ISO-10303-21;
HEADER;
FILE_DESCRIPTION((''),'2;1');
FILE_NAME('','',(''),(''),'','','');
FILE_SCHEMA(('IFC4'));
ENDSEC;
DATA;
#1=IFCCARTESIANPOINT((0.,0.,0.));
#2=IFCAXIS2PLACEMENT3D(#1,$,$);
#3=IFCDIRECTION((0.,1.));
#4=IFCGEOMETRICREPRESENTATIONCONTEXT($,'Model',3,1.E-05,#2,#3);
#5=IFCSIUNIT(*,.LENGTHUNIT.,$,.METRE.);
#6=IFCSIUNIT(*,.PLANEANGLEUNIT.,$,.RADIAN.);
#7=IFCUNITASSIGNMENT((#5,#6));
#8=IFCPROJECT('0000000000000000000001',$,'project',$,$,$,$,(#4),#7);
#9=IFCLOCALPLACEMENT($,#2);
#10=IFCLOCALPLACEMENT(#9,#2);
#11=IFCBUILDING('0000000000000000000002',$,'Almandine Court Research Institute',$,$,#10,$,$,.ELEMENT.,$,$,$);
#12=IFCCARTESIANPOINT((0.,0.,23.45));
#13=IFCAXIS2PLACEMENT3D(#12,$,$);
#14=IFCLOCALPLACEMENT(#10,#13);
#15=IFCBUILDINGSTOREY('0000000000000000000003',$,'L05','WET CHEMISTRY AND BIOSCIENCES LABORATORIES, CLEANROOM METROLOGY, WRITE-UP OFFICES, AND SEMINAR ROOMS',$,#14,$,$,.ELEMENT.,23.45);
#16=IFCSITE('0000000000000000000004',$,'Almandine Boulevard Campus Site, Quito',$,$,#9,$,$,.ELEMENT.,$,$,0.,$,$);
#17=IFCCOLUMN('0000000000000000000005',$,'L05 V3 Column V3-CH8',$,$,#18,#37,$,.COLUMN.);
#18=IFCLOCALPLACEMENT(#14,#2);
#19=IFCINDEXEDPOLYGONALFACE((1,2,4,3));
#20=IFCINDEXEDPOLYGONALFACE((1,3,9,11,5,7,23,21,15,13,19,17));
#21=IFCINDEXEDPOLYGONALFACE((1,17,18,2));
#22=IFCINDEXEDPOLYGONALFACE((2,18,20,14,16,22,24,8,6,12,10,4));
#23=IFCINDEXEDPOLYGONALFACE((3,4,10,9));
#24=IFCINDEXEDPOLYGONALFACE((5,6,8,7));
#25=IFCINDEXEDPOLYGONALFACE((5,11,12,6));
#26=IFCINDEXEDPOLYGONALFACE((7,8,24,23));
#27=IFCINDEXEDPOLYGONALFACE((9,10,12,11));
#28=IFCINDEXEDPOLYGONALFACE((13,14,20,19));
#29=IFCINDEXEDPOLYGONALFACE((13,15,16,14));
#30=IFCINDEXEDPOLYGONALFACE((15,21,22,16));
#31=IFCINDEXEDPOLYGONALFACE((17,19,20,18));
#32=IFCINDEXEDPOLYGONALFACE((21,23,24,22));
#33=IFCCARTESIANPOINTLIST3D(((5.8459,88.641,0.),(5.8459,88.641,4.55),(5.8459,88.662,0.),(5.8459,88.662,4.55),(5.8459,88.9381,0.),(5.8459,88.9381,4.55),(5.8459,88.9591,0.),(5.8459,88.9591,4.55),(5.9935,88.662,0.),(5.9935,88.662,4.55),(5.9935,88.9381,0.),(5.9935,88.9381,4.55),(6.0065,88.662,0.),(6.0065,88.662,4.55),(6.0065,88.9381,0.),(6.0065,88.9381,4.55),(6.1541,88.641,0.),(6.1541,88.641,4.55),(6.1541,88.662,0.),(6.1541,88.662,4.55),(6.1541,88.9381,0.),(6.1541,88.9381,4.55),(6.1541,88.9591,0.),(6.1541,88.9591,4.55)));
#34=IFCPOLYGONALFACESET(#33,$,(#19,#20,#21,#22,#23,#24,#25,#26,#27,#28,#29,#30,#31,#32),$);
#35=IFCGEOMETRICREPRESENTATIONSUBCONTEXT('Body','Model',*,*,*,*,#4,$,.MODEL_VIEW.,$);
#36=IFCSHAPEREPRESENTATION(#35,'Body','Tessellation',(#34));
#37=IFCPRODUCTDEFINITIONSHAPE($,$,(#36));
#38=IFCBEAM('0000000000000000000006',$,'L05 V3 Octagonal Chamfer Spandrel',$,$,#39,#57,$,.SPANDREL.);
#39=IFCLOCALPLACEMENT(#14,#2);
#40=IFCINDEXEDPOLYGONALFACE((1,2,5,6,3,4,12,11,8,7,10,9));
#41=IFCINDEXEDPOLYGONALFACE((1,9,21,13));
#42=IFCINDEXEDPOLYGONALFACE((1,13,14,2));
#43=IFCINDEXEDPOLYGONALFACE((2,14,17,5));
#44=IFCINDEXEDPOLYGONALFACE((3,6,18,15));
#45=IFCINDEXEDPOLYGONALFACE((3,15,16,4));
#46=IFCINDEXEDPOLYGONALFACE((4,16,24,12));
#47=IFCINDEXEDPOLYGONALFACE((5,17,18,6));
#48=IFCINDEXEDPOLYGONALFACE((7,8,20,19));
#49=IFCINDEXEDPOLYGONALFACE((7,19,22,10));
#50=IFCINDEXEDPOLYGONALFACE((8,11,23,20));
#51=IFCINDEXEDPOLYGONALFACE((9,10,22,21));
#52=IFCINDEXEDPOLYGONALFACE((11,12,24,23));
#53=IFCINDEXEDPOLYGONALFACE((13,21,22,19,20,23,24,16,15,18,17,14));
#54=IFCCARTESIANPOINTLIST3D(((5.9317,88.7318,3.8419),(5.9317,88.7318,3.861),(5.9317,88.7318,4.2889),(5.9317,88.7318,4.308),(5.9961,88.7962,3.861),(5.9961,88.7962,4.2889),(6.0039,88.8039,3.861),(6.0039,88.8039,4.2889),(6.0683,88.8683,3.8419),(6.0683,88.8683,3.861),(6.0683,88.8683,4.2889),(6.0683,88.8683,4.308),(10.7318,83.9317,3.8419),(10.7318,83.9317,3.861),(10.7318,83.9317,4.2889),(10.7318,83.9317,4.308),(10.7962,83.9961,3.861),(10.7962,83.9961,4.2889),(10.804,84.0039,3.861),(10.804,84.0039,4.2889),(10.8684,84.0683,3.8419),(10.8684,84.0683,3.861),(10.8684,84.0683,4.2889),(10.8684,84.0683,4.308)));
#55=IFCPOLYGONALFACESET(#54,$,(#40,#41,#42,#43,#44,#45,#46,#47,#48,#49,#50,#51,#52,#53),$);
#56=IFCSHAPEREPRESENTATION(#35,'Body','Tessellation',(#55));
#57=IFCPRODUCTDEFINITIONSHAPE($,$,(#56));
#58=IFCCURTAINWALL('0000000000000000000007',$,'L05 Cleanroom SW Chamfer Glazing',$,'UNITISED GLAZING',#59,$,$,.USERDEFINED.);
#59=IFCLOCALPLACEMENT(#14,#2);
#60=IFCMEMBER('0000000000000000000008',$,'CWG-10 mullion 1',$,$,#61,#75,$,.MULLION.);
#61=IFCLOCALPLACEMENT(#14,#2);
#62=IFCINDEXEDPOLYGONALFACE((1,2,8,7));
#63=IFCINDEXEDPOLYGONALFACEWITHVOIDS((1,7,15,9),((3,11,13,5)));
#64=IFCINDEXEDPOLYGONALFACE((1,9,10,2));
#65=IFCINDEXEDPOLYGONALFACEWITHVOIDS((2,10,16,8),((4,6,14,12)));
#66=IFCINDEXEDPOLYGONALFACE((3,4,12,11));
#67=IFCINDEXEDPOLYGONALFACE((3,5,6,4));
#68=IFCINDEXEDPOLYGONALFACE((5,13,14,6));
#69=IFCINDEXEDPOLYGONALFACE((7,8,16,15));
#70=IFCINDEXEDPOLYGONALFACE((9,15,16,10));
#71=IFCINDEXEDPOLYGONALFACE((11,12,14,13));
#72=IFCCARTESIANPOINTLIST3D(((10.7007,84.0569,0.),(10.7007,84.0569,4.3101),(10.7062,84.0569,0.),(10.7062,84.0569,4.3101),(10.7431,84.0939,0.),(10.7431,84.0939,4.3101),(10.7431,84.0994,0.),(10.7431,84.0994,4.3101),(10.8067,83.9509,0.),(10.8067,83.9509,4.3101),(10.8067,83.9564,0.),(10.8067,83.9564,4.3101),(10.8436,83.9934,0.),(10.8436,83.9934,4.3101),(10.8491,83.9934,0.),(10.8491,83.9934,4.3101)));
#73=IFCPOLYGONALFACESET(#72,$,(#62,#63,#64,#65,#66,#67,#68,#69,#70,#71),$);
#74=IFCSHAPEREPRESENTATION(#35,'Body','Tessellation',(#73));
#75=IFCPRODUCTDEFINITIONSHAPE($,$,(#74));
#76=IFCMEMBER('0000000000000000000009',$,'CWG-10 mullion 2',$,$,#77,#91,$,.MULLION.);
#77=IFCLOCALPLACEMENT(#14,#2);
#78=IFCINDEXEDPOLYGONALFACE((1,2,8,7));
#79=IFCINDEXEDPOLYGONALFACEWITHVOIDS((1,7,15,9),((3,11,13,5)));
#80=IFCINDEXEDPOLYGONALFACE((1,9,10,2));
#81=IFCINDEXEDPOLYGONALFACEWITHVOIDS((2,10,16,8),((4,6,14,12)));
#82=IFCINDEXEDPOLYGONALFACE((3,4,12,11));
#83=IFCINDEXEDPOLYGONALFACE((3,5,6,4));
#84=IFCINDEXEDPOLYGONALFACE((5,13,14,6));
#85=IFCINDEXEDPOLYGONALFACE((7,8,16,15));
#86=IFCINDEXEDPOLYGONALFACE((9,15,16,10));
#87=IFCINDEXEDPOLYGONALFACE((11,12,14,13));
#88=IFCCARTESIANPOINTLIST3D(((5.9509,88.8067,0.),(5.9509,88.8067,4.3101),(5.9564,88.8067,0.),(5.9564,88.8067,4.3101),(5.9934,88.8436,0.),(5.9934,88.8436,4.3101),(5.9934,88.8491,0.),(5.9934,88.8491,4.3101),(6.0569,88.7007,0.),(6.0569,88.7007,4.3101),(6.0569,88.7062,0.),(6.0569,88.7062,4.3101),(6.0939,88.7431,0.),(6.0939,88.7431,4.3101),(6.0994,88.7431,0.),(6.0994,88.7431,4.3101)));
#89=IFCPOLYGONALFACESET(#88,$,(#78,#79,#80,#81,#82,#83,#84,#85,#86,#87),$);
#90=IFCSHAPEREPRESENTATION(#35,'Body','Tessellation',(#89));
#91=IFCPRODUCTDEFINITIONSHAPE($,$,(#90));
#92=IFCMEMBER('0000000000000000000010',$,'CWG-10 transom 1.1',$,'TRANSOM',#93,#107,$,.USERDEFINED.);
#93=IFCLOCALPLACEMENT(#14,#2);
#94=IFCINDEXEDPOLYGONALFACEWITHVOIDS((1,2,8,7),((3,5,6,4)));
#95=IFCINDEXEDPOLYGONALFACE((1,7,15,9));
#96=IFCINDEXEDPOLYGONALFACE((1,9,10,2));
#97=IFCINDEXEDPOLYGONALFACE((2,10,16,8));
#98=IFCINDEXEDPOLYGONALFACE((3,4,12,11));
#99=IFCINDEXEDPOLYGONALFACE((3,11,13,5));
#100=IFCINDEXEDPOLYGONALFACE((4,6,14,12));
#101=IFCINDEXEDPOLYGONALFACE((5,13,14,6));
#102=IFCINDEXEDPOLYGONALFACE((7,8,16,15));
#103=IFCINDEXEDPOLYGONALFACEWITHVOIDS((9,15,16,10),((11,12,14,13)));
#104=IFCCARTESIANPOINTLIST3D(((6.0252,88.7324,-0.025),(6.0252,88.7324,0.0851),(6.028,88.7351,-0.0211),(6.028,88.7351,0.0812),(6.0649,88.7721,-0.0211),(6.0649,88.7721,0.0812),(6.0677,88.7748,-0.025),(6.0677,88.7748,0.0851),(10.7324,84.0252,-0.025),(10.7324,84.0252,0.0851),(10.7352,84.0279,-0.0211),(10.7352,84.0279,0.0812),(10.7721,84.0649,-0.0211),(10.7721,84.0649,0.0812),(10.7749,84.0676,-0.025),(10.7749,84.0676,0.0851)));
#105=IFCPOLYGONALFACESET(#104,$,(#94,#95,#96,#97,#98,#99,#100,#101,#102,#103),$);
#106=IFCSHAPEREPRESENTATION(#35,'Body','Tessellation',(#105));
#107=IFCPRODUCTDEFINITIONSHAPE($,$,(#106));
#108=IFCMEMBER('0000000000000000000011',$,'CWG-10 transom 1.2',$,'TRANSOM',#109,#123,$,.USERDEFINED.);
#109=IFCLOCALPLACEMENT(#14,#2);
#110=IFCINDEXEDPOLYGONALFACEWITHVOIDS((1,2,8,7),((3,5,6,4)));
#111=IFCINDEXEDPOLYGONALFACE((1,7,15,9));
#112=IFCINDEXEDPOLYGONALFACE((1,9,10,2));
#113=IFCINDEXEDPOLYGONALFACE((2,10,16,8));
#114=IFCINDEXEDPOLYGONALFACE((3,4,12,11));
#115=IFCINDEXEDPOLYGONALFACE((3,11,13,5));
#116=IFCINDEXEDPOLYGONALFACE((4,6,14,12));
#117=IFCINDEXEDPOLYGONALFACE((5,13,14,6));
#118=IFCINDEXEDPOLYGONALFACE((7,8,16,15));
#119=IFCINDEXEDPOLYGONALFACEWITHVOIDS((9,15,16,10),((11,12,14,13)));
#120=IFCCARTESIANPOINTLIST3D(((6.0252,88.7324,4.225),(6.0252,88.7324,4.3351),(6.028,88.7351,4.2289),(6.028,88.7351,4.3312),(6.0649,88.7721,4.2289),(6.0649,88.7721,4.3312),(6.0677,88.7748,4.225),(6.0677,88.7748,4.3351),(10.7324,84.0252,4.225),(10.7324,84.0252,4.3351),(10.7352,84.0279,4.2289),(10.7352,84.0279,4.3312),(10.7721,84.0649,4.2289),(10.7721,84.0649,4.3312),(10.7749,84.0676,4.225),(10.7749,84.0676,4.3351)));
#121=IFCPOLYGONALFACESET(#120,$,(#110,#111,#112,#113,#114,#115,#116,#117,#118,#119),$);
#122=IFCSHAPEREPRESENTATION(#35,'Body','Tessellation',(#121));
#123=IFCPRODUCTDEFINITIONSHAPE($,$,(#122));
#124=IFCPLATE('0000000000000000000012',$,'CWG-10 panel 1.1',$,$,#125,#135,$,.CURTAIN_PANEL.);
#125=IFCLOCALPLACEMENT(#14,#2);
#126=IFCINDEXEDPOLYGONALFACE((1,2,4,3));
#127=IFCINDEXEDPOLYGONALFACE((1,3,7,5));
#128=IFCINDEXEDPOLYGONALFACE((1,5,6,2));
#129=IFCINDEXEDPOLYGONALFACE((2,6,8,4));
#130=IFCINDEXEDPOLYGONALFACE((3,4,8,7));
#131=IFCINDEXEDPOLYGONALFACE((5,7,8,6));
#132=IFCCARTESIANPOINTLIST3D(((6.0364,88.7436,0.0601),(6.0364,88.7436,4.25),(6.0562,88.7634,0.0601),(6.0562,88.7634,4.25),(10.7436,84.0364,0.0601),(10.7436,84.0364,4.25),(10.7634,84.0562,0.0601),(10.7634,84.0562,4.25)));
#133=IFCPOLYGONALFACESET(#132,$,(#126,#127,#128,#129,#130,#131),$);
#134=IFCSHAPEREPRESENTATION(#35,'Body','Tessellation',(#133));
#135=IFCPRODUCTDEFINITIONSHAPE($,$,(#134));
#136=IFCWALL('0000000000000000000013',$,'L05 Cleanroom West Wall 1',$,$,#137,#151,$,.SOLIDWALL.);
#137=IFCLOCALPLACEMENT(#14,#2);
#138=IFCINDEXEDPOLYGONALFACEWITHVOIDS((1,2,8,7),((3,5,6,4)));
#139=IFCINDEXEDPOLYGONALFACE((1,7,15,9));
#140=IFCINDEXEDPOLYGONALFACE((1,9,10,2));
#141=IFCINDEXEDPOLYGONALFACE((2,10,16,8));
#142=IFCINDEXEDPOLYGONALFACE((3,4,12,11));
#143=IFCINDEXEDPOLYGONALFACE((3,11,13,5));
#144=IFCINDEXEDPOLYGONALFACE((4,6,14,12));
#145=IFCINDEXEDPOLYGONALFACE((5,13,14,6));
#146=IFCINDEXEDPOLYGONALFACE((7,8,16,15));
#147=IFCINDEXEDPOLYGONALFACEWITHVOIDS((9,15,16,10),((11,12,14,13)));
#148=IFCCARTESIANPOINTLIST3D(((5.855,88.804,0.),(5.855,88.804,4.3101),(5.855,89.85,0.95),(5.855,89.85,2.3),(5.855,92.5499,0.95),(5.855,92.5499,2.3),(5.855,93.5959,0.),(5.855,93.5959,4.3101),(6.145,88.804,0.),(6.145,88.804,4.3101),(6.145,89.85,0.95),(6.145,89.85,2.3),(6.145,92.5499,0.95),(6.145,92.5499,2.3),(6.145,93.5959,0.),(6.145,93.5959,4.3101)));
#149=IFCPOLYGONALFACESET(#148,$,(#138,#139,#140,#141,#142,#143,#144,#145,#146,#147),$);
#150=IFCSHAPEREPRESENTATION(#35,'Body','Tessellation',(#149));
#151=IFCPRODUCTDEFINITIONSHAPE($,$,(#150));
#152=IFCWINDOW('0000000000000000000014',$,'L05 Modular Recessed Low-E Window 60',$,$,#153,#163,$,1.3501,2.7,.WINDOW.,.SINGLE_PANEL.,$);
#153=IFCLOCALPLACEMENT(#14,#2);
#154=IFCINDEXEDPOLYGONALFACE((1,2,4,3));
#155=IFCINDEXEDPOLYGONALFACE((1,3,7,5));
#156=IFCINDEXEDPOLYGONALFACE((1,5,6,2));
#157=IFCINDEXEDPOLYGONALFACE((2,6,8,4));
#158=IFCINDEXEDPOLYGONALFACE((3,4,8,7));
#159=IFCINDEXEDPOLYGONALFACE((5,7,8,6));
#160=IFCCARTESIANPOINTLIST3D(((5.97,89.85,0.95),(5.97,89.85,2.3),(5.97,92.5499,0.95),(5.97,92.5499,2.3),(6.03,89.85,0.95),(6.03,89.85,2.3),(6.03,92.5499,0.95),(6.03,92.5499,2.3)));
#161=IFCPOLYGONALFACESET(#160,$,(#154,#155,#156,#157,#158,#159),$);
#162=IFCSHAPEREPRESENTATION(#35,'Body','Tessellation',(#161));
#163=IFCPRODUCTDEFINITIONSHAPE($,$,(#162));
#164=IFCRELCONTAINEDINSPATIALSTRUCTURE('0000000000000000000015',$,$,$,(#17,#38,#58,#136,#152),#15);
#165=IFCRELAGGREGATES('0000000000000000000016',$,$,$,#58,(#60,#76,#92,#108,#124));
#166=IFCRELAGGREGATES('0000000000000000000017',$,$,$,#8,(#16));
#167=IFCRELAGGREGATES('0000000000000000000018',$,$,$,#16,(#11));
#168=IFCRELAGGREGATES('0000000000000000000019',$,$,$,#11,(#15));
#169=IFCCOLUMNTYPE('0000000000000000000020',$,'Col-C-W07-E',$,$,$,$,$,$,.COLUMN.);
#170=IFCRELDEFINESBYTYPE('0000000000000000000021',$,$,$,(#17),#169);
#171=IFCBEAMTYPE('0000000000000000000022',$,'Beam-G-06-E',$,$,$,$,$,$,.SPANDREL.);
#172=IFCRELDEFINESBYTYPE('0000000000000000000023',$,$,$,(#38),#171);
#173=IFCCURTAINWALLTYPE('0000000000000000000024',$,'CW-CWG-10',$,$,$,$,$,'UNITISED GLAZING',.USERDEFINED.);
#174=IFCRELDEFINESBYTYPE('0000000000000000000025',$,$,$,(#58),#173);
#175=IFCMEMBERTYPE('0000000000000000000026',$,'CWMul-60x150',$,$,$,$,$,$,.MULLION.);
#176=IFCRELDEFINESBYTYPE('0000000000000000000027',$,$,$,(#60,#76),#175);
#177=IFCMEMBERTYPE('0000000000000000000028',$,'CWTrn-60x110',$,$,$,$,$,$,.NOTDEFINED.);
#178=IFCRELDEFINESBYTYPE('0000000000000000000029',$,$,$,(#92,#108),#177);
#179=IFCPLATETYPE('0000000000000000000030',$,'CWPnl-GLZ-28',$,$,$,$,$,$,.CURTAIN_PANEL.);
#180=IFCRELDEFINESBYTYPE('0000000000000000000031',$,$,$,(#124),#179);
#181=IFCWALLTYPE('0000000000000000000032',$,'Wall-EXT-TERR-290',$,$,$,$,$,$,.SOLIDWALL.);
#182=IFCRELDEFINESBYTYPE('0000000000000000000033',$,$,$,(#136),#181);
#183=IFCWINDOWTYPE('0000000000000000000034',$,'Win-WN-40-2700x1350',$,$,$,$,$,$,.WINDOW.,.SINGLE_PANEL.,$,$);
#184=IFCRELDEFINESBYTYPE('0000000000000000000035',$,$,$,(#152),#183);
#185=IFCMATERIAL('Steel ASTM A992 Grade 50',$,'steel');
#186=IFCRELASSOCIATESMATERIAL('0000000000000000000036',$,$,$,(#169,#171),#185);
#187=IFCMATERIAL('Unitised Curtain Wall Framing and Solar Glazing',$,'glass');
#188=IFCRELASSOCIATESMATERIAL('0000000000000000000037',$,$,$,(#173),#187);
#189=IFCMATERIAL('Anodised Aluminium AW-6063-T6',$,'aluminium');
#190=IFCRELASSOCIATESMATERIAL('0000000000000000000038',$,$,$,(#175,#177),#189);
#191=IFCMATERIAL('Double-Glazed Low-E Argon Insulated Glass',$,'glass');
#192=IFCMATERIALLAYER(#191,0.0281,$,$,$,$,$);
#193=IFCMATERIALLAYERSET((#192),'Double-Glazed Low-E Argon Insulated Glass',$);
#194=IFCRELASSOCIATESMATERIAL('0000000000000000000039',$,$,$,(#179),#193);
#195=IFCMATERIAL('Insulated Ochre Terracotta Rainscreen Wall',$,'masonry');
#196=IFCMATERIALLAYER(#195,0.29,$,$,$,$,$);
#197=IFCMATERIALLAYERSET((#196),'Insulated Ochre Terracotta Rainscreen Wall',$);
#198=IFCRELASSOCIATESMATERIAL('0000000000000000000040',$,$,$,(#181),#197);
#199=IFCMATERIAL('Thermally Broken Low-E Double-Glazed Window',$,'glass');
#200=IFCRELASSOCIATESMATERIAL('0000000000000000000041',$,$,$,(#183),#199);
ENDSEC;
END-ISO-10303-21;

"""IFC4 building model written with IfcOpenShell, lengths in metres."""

from ifc_helpers import new_model, si_unit, direction, frame, frame_2d, origin, origin_2d, place, context, subcontext, project, spatial, rectangle, hollow_rectangle, i_section, extrude, material, layer, layer_set, material_profile, profile_set, type_object, element, fill, aggregate, save


model = new_model("IFC4")

# Units and contexts
model_context = context("Model", 3, precision=1e-05, world=origin(), true_north=direction((0.0, 1.0)))
body_context = subcontext(model_context, "Body", "Model", "MODEL_VIEW")
ifc_project = project(units=[si_unit("LENGTHUNIT", "METRE"), si_unit("PLANEANGLEUNIT", "RADIAN")], contexts=[model_context])

# Site, building, storey
site_placement = place(None, origin())
site = spatial("IfcSite", under=ifc_project, at=site_placement, Name="Almandine Boulevard Campus Site, Quito", CompositionType="ELEMENT", RefElevation=0.0)
building_placement = place(site_placement, origin())
building = spatial("IfcBuilding", under=site, at=building_placement, Name="Almandine Court Research Institute", CompositionType="ELEMENT")
storey_placement = place(building_placement, frame((0.0, 0.0, 23.45)))
storey = spatial("IfcBuildingStorey", under=building, at=storey_placement, Name="L05", Description="WET CHEMISTRY AND BIOSCIENCES LABORATORIES, CLEANROOM METROLOGY, WRITE-UP OFFICES, AND SEMINAR ROOMS", CompositionType="ELEMENT", Elevation=23.45)

# Column
ifc_material_1 = material(Name="Steel ASTM A992 Grade 50", Category="steel")
ifc_material_profile_1 = material_profile(ifc_material_1, i_section(OverallWidth=0.3081, OverallDepth=0.3181, WebThickness=0.0129, FlangeThickness=0.021, at=origin_2d()), Name="W310x129")
ifc_profile_set_1 = profile_set([ifc_material_profile_1], Name="Steel ASTM A992 Grade 50")
column_type = type_object("IfcColumnType", Name="Col-C-W07-E", PredefinedType="COLUMN", material=ifc_profile_set_1)
column_placement = place(storey_placement, frame((6.0, 88.8, 0.0), z_axis=(0.0, 0.0, 1.0), x_axis=(1.0, 0.0, 0.0)))
element("IfcColumn", 1, at=column_placement, inside=storey, type_object=column_type, Name="L05 V3 Column V3-CH8", PredefinedType="COLUMN", context=body_context, shape_type="SweptSolid", body=[
    extrude(i_section(OverallWidth=0.3081, OverallDepth=0.3181, WebThickness=0.0129, FlangeThickness=0.021, at=origin_2d()), origin(), (0.0, 0.0, 1.0), 4.55),
])

# Beam
ifc_material_profile_2 = material_profile(ifc_material_1, i_section(OverallWidth=0.1931, OverallDepth=0.4661, WebThickness=0.011, FlangeThickness=0.019, at=origin_2d()), Name="W460x97")
ifc_profile_set_2 = profile_set([ifc_material_profile_2], Name="Steel ASTM A992 Grade 50")
beam_type = type_object("IfcBeamType", Name="Beam-G-06-E", PredefinedType="SPANDREL", material=ifc_profile_set_2)
beam_placement = place(storey_placement, frame((6.0, 88.8, 4.075), z_axis=(0.707107, -0.707107, 0.0), x_axis=(0.707107, 0.707107, 0.0)))
element("IfcBeam", 2, at=beam_placement, inside=storey, type_object=beam_type, Name="L05 V3 Octagonal Chamfer Spandrel", PredefinedType="SPANDREL", context=body_context, shape_type="SweptSolid", body=[
    extrude(i_section(OverallWidth=0.1931, OverallDepth=0.4661, WebThickness=0.011, FlangeThickness=0.019, at=origin_2d()), origin(), (0.0, 0.0, 1.0), 6.7883),
])

# Curtain wall, members, plate
ifc_material_2 = material(Name="Unitised Curtain Wall Framing and Solar Glazing", Category="glass")
curtain_wall_type = type_object("IfcCurtainWallType", Name="CW-CWG-10", ElementType="UNITISED GLAZING", PredefinedType="USERDEFINED", material=ifc_material_2)
curtain_wall_placement = place(storey_placement, origin())
curtain_wall = element("IfcCurtainWall", 3, at=curtain_wall_placement, inside=storey, type_object=curtain_wall_type, Name="L05 Cleanroom SW Chamfer Glazing", ObjectType="UNITISED GLAZING", PredefinedType="USERDEFINED")
ifc_material_3 = material(Name="Anodised Aluminium AW-6063-T6", Category="aluminium")
ifc_material_profile_3 = material_profile(ifc_material_3, hollow_rectangle(XDim=0.0601, YDim=0.1499, WallThickness=0.0039, at=origin_2d()), Name="ALU RHS 60x150x4")
ifc_profile_set_3 = profile_set([ifc_material_profile_3], Name="Anodised Aluminium AW-6063-T6")
member_type_1 = type_object("IfcMemberType", Name="CWMul-60x150", PredefinedType="MULLION", material=ifc_profile_set_3)
member_1_placement = place(storey_placement, frame((10.7749, 84.0251, 0.0), z_axis=(0.0, 0.0, 1.0), x_axis=(-0.707107, -0.707107, 0.0)))
member_1 = element("IfcMember", 4, at=member_1_placement, type_object=member_type_1, Name="CWG-10 mullion 1", PredefinedType="MULLION", context=body_context, shape_type="SweptSolid", body=[
    extrude(hollow_rectangle(XDim=0.0601, YDim=0.1499, WallThickness=0.0039, at=origin_2d()), origin(), (0.0, 0.0, 1.0), 4.3101),
])
member_2_placement = place(storey_placement, frame((6.0251, 88.7749, 0.0), z_axis=(0.0, 0.0, 1.0), x_axis=(-0.707107, -0.707107, 0.0)))
member_2 = element("IfcMember", 5, at=member_2_placement, type_object=member_type_1, Name="CWG-10 mullion 2", PredefinedType="MULLION", context=body_context, shape_type="SweptSolid", body=[
    extrude(hollow_rectangle(XDim=0.0601, YDim=0.1499, WallThickness=0.0039, at=origin_2d()), origin(), (0.0, 0.0, 1.0), 4.3101),
])
ifc_material_profile_4 = material_profile(ifc_material_3, hollow_rectangle(XDim=0.0601, YDim=0.1101, WallThickness=0.0039, at=origin_2d()), Name="ALU RHS 60x110x4")
ifc_profile_set_4 = profile_set([ifc_material_profile_4], Name="Anodised Aluminium AW-6063-T6")
member_type_2 = type_object("IfcMemberType", Name="CWTrn-60x110", PredefinedType="NOTDEFINED", material=ifc_profile_set_4)
member_3_placement = place(storey_placement, frame((10.7537, 84.0464, 0.03), z_axis=(-0.707107, 0.707107, 0.0), x_axis=(-0.707107, -0.707107, 0.0)))
member_3 = element("IfcMember", 6, at=member_3_placement, type_object=member_type_2, Name="CWG-10 transom 1.1", ObjectType="TRANSOM", PredefinedType="USERDEFINED", context=body_context, shape_type="SweptSolid", body=[
    extrude(hollow_rectangle(XDim=0.0601, YDim=0.1101, WallThickness=0.0039, at=origin_2d()), origin(), (0.0, 0.0, 1.0), 6.657),
])
member_4_placement = place(storey_placement, frame((10.7537, 84.0464, 4.28), z_axis=(-0.707107, 0.707107, 0.0), x_axis=(-0.707107, -0.707107, 0.0)))
member_4 = element("IfcMember", 7, at=member_4_placement, type_object=member_type_2, Name="CWG-10 transom 1.2", ObjectType="TRANSOM", PredefinedType="USERDEFINED", context=body_context, shape_type="SweptSolid", body=[
    extrude(hollow_rectangle(XDim=0.0601, YDim=0.1101, WallThickness=0.0039, at=origin_2d()), origin(), (0.0, 0.0, 1.0), 6.657),
])
ifc_material_4 = material(Name="Double-Glazed Low-E Argon Insulated Glass", Category="glass")
ifc_layer_1 = layer(ifc_material_4, 0.0281)
ifc_layer_set_1 = layer_set([ifc_layer_1], Name="Double-Glazed Low-E Argon Insulated Glass")
plate_type = type_object("IfcPlateType", Name="CWPnl-GLZ-28", PredefinedType="CURTAIN_PANEL", material=ifc_layer_set_1)
plate_placement = place(storey_placement, frame((8.3999, 86.3999, 0.0601), z_axis=(0.0, 0.0, 1.0), x_axis=(-0.707107, 0.707107, 0.0)))
plate = element("IfcPlate", 8, at=plate_placement, type_object=plate_type, Name="CWG-10 panel 1.1", PredefinedType="CURTAIN_PANEL", context=body_context, shape_type="SweptSolid", body=[
    extrude(rectangle(XDim=6.657, YDim=0.0281, at=origin_2d()), origin(), (0.0, 0.0, 1.0), 4.1899),
])
aggregate(curtain_wall, [member_1, member_2, member_3, member_4, plate])

# Wall, opening, window
ifc_material_5 = material(Name="Insulated Ochre Terracotta Rainscreen Wall", Category="masonry")
ifc_layer_2 = layer(ifc_material_5, 0.29)
ifc_layer_set_2 = layer_set([ifc_layer_2], Name="Insulated Ochre Terracotta Rainscreen Wall")
wall_type_1 = type_object("IfcWallType", Name="Wall-EXT-TERR-290", PredefinedType="SOLIDWALL", material=ifc_layer_set_2)
wall_1_placement = place(storey_placement, frame((6.0, 88.804, 0.0), z_axis=(0.0, 0.0, 1.0), x_axis=(0.0, 1.0, 0.0)))
wall_1 = element("IfcWall", 9, at=wall_1_placement, inside=storey, type_object=wall_type_1, Name="L05 Cleanroom West Wall 1", PredefinedType="SOLIDWALL", context=body_context, shape_type="SweptSolid", body=[
    extrude(rectangle(XDim=4.792, YDim=0.29, at=frame_2d((2.396, 0.0))), origin(), (0.0, 0.0, 1.0), 4.3101),
])
opening_1_placement = place(wall_1_placement, frame((1.0459, 0.0, 0.95)))
opening_1 = element("IfcOpeningElement", 10, at=opening_1_placement, cuts=wall_1, PredefinedType="OPENING", context=body_context, shape_type="SweptSolid", body=[
    extrude(rectangle(XDim=2.7, YDim=1.3501, at=frame_2d((1.3501, 0.675))), frame((0.0, 0.155, 0.0), z_axis=(0.0, -1.0, 0.0), x_axis=(1.0, 0.0, 0.0)), (0.0, 0.0, 1.0), 0.3101),
])
ifc_material_6 = material(Name="Thermally Broken Low-E Double-Glazed Window", Category="glass")
window_type = type_object("IfcWindowType", Name="Win-WN-40-2700x1350", PartitioningType="SINGLE_PANEL", PredefinedType="WINDOW", material=ifc_material_6)
window_placement = place(opening_1_placement, origin())
window = element("IfcWindow", 11, at=window_placement, inside=storey, type_object=window_type, Name="L05 Modular Recessed Low-E Window 60", OverallHeight=1.3501, OverallWidth=2.7, PartitioningType="SINGLE_PANEL", PredefinedType="WINDOW", context=body_context, shape_type="SweptSolid", body=[
    extrude(rectangle(XDim=2.7, YDim=1.3501, at=frame_2d((1.3501, 0.675))), frame((0.0, 0.03, 0.0), z_axis=(0.0, -1.0, 0.0), x_axis=(1.0, 0.0, 0.0)), (0.0, 0.0, 1.0), 0.0601),
])
fill(opening_1, window)

save(model, "model.ifc")
